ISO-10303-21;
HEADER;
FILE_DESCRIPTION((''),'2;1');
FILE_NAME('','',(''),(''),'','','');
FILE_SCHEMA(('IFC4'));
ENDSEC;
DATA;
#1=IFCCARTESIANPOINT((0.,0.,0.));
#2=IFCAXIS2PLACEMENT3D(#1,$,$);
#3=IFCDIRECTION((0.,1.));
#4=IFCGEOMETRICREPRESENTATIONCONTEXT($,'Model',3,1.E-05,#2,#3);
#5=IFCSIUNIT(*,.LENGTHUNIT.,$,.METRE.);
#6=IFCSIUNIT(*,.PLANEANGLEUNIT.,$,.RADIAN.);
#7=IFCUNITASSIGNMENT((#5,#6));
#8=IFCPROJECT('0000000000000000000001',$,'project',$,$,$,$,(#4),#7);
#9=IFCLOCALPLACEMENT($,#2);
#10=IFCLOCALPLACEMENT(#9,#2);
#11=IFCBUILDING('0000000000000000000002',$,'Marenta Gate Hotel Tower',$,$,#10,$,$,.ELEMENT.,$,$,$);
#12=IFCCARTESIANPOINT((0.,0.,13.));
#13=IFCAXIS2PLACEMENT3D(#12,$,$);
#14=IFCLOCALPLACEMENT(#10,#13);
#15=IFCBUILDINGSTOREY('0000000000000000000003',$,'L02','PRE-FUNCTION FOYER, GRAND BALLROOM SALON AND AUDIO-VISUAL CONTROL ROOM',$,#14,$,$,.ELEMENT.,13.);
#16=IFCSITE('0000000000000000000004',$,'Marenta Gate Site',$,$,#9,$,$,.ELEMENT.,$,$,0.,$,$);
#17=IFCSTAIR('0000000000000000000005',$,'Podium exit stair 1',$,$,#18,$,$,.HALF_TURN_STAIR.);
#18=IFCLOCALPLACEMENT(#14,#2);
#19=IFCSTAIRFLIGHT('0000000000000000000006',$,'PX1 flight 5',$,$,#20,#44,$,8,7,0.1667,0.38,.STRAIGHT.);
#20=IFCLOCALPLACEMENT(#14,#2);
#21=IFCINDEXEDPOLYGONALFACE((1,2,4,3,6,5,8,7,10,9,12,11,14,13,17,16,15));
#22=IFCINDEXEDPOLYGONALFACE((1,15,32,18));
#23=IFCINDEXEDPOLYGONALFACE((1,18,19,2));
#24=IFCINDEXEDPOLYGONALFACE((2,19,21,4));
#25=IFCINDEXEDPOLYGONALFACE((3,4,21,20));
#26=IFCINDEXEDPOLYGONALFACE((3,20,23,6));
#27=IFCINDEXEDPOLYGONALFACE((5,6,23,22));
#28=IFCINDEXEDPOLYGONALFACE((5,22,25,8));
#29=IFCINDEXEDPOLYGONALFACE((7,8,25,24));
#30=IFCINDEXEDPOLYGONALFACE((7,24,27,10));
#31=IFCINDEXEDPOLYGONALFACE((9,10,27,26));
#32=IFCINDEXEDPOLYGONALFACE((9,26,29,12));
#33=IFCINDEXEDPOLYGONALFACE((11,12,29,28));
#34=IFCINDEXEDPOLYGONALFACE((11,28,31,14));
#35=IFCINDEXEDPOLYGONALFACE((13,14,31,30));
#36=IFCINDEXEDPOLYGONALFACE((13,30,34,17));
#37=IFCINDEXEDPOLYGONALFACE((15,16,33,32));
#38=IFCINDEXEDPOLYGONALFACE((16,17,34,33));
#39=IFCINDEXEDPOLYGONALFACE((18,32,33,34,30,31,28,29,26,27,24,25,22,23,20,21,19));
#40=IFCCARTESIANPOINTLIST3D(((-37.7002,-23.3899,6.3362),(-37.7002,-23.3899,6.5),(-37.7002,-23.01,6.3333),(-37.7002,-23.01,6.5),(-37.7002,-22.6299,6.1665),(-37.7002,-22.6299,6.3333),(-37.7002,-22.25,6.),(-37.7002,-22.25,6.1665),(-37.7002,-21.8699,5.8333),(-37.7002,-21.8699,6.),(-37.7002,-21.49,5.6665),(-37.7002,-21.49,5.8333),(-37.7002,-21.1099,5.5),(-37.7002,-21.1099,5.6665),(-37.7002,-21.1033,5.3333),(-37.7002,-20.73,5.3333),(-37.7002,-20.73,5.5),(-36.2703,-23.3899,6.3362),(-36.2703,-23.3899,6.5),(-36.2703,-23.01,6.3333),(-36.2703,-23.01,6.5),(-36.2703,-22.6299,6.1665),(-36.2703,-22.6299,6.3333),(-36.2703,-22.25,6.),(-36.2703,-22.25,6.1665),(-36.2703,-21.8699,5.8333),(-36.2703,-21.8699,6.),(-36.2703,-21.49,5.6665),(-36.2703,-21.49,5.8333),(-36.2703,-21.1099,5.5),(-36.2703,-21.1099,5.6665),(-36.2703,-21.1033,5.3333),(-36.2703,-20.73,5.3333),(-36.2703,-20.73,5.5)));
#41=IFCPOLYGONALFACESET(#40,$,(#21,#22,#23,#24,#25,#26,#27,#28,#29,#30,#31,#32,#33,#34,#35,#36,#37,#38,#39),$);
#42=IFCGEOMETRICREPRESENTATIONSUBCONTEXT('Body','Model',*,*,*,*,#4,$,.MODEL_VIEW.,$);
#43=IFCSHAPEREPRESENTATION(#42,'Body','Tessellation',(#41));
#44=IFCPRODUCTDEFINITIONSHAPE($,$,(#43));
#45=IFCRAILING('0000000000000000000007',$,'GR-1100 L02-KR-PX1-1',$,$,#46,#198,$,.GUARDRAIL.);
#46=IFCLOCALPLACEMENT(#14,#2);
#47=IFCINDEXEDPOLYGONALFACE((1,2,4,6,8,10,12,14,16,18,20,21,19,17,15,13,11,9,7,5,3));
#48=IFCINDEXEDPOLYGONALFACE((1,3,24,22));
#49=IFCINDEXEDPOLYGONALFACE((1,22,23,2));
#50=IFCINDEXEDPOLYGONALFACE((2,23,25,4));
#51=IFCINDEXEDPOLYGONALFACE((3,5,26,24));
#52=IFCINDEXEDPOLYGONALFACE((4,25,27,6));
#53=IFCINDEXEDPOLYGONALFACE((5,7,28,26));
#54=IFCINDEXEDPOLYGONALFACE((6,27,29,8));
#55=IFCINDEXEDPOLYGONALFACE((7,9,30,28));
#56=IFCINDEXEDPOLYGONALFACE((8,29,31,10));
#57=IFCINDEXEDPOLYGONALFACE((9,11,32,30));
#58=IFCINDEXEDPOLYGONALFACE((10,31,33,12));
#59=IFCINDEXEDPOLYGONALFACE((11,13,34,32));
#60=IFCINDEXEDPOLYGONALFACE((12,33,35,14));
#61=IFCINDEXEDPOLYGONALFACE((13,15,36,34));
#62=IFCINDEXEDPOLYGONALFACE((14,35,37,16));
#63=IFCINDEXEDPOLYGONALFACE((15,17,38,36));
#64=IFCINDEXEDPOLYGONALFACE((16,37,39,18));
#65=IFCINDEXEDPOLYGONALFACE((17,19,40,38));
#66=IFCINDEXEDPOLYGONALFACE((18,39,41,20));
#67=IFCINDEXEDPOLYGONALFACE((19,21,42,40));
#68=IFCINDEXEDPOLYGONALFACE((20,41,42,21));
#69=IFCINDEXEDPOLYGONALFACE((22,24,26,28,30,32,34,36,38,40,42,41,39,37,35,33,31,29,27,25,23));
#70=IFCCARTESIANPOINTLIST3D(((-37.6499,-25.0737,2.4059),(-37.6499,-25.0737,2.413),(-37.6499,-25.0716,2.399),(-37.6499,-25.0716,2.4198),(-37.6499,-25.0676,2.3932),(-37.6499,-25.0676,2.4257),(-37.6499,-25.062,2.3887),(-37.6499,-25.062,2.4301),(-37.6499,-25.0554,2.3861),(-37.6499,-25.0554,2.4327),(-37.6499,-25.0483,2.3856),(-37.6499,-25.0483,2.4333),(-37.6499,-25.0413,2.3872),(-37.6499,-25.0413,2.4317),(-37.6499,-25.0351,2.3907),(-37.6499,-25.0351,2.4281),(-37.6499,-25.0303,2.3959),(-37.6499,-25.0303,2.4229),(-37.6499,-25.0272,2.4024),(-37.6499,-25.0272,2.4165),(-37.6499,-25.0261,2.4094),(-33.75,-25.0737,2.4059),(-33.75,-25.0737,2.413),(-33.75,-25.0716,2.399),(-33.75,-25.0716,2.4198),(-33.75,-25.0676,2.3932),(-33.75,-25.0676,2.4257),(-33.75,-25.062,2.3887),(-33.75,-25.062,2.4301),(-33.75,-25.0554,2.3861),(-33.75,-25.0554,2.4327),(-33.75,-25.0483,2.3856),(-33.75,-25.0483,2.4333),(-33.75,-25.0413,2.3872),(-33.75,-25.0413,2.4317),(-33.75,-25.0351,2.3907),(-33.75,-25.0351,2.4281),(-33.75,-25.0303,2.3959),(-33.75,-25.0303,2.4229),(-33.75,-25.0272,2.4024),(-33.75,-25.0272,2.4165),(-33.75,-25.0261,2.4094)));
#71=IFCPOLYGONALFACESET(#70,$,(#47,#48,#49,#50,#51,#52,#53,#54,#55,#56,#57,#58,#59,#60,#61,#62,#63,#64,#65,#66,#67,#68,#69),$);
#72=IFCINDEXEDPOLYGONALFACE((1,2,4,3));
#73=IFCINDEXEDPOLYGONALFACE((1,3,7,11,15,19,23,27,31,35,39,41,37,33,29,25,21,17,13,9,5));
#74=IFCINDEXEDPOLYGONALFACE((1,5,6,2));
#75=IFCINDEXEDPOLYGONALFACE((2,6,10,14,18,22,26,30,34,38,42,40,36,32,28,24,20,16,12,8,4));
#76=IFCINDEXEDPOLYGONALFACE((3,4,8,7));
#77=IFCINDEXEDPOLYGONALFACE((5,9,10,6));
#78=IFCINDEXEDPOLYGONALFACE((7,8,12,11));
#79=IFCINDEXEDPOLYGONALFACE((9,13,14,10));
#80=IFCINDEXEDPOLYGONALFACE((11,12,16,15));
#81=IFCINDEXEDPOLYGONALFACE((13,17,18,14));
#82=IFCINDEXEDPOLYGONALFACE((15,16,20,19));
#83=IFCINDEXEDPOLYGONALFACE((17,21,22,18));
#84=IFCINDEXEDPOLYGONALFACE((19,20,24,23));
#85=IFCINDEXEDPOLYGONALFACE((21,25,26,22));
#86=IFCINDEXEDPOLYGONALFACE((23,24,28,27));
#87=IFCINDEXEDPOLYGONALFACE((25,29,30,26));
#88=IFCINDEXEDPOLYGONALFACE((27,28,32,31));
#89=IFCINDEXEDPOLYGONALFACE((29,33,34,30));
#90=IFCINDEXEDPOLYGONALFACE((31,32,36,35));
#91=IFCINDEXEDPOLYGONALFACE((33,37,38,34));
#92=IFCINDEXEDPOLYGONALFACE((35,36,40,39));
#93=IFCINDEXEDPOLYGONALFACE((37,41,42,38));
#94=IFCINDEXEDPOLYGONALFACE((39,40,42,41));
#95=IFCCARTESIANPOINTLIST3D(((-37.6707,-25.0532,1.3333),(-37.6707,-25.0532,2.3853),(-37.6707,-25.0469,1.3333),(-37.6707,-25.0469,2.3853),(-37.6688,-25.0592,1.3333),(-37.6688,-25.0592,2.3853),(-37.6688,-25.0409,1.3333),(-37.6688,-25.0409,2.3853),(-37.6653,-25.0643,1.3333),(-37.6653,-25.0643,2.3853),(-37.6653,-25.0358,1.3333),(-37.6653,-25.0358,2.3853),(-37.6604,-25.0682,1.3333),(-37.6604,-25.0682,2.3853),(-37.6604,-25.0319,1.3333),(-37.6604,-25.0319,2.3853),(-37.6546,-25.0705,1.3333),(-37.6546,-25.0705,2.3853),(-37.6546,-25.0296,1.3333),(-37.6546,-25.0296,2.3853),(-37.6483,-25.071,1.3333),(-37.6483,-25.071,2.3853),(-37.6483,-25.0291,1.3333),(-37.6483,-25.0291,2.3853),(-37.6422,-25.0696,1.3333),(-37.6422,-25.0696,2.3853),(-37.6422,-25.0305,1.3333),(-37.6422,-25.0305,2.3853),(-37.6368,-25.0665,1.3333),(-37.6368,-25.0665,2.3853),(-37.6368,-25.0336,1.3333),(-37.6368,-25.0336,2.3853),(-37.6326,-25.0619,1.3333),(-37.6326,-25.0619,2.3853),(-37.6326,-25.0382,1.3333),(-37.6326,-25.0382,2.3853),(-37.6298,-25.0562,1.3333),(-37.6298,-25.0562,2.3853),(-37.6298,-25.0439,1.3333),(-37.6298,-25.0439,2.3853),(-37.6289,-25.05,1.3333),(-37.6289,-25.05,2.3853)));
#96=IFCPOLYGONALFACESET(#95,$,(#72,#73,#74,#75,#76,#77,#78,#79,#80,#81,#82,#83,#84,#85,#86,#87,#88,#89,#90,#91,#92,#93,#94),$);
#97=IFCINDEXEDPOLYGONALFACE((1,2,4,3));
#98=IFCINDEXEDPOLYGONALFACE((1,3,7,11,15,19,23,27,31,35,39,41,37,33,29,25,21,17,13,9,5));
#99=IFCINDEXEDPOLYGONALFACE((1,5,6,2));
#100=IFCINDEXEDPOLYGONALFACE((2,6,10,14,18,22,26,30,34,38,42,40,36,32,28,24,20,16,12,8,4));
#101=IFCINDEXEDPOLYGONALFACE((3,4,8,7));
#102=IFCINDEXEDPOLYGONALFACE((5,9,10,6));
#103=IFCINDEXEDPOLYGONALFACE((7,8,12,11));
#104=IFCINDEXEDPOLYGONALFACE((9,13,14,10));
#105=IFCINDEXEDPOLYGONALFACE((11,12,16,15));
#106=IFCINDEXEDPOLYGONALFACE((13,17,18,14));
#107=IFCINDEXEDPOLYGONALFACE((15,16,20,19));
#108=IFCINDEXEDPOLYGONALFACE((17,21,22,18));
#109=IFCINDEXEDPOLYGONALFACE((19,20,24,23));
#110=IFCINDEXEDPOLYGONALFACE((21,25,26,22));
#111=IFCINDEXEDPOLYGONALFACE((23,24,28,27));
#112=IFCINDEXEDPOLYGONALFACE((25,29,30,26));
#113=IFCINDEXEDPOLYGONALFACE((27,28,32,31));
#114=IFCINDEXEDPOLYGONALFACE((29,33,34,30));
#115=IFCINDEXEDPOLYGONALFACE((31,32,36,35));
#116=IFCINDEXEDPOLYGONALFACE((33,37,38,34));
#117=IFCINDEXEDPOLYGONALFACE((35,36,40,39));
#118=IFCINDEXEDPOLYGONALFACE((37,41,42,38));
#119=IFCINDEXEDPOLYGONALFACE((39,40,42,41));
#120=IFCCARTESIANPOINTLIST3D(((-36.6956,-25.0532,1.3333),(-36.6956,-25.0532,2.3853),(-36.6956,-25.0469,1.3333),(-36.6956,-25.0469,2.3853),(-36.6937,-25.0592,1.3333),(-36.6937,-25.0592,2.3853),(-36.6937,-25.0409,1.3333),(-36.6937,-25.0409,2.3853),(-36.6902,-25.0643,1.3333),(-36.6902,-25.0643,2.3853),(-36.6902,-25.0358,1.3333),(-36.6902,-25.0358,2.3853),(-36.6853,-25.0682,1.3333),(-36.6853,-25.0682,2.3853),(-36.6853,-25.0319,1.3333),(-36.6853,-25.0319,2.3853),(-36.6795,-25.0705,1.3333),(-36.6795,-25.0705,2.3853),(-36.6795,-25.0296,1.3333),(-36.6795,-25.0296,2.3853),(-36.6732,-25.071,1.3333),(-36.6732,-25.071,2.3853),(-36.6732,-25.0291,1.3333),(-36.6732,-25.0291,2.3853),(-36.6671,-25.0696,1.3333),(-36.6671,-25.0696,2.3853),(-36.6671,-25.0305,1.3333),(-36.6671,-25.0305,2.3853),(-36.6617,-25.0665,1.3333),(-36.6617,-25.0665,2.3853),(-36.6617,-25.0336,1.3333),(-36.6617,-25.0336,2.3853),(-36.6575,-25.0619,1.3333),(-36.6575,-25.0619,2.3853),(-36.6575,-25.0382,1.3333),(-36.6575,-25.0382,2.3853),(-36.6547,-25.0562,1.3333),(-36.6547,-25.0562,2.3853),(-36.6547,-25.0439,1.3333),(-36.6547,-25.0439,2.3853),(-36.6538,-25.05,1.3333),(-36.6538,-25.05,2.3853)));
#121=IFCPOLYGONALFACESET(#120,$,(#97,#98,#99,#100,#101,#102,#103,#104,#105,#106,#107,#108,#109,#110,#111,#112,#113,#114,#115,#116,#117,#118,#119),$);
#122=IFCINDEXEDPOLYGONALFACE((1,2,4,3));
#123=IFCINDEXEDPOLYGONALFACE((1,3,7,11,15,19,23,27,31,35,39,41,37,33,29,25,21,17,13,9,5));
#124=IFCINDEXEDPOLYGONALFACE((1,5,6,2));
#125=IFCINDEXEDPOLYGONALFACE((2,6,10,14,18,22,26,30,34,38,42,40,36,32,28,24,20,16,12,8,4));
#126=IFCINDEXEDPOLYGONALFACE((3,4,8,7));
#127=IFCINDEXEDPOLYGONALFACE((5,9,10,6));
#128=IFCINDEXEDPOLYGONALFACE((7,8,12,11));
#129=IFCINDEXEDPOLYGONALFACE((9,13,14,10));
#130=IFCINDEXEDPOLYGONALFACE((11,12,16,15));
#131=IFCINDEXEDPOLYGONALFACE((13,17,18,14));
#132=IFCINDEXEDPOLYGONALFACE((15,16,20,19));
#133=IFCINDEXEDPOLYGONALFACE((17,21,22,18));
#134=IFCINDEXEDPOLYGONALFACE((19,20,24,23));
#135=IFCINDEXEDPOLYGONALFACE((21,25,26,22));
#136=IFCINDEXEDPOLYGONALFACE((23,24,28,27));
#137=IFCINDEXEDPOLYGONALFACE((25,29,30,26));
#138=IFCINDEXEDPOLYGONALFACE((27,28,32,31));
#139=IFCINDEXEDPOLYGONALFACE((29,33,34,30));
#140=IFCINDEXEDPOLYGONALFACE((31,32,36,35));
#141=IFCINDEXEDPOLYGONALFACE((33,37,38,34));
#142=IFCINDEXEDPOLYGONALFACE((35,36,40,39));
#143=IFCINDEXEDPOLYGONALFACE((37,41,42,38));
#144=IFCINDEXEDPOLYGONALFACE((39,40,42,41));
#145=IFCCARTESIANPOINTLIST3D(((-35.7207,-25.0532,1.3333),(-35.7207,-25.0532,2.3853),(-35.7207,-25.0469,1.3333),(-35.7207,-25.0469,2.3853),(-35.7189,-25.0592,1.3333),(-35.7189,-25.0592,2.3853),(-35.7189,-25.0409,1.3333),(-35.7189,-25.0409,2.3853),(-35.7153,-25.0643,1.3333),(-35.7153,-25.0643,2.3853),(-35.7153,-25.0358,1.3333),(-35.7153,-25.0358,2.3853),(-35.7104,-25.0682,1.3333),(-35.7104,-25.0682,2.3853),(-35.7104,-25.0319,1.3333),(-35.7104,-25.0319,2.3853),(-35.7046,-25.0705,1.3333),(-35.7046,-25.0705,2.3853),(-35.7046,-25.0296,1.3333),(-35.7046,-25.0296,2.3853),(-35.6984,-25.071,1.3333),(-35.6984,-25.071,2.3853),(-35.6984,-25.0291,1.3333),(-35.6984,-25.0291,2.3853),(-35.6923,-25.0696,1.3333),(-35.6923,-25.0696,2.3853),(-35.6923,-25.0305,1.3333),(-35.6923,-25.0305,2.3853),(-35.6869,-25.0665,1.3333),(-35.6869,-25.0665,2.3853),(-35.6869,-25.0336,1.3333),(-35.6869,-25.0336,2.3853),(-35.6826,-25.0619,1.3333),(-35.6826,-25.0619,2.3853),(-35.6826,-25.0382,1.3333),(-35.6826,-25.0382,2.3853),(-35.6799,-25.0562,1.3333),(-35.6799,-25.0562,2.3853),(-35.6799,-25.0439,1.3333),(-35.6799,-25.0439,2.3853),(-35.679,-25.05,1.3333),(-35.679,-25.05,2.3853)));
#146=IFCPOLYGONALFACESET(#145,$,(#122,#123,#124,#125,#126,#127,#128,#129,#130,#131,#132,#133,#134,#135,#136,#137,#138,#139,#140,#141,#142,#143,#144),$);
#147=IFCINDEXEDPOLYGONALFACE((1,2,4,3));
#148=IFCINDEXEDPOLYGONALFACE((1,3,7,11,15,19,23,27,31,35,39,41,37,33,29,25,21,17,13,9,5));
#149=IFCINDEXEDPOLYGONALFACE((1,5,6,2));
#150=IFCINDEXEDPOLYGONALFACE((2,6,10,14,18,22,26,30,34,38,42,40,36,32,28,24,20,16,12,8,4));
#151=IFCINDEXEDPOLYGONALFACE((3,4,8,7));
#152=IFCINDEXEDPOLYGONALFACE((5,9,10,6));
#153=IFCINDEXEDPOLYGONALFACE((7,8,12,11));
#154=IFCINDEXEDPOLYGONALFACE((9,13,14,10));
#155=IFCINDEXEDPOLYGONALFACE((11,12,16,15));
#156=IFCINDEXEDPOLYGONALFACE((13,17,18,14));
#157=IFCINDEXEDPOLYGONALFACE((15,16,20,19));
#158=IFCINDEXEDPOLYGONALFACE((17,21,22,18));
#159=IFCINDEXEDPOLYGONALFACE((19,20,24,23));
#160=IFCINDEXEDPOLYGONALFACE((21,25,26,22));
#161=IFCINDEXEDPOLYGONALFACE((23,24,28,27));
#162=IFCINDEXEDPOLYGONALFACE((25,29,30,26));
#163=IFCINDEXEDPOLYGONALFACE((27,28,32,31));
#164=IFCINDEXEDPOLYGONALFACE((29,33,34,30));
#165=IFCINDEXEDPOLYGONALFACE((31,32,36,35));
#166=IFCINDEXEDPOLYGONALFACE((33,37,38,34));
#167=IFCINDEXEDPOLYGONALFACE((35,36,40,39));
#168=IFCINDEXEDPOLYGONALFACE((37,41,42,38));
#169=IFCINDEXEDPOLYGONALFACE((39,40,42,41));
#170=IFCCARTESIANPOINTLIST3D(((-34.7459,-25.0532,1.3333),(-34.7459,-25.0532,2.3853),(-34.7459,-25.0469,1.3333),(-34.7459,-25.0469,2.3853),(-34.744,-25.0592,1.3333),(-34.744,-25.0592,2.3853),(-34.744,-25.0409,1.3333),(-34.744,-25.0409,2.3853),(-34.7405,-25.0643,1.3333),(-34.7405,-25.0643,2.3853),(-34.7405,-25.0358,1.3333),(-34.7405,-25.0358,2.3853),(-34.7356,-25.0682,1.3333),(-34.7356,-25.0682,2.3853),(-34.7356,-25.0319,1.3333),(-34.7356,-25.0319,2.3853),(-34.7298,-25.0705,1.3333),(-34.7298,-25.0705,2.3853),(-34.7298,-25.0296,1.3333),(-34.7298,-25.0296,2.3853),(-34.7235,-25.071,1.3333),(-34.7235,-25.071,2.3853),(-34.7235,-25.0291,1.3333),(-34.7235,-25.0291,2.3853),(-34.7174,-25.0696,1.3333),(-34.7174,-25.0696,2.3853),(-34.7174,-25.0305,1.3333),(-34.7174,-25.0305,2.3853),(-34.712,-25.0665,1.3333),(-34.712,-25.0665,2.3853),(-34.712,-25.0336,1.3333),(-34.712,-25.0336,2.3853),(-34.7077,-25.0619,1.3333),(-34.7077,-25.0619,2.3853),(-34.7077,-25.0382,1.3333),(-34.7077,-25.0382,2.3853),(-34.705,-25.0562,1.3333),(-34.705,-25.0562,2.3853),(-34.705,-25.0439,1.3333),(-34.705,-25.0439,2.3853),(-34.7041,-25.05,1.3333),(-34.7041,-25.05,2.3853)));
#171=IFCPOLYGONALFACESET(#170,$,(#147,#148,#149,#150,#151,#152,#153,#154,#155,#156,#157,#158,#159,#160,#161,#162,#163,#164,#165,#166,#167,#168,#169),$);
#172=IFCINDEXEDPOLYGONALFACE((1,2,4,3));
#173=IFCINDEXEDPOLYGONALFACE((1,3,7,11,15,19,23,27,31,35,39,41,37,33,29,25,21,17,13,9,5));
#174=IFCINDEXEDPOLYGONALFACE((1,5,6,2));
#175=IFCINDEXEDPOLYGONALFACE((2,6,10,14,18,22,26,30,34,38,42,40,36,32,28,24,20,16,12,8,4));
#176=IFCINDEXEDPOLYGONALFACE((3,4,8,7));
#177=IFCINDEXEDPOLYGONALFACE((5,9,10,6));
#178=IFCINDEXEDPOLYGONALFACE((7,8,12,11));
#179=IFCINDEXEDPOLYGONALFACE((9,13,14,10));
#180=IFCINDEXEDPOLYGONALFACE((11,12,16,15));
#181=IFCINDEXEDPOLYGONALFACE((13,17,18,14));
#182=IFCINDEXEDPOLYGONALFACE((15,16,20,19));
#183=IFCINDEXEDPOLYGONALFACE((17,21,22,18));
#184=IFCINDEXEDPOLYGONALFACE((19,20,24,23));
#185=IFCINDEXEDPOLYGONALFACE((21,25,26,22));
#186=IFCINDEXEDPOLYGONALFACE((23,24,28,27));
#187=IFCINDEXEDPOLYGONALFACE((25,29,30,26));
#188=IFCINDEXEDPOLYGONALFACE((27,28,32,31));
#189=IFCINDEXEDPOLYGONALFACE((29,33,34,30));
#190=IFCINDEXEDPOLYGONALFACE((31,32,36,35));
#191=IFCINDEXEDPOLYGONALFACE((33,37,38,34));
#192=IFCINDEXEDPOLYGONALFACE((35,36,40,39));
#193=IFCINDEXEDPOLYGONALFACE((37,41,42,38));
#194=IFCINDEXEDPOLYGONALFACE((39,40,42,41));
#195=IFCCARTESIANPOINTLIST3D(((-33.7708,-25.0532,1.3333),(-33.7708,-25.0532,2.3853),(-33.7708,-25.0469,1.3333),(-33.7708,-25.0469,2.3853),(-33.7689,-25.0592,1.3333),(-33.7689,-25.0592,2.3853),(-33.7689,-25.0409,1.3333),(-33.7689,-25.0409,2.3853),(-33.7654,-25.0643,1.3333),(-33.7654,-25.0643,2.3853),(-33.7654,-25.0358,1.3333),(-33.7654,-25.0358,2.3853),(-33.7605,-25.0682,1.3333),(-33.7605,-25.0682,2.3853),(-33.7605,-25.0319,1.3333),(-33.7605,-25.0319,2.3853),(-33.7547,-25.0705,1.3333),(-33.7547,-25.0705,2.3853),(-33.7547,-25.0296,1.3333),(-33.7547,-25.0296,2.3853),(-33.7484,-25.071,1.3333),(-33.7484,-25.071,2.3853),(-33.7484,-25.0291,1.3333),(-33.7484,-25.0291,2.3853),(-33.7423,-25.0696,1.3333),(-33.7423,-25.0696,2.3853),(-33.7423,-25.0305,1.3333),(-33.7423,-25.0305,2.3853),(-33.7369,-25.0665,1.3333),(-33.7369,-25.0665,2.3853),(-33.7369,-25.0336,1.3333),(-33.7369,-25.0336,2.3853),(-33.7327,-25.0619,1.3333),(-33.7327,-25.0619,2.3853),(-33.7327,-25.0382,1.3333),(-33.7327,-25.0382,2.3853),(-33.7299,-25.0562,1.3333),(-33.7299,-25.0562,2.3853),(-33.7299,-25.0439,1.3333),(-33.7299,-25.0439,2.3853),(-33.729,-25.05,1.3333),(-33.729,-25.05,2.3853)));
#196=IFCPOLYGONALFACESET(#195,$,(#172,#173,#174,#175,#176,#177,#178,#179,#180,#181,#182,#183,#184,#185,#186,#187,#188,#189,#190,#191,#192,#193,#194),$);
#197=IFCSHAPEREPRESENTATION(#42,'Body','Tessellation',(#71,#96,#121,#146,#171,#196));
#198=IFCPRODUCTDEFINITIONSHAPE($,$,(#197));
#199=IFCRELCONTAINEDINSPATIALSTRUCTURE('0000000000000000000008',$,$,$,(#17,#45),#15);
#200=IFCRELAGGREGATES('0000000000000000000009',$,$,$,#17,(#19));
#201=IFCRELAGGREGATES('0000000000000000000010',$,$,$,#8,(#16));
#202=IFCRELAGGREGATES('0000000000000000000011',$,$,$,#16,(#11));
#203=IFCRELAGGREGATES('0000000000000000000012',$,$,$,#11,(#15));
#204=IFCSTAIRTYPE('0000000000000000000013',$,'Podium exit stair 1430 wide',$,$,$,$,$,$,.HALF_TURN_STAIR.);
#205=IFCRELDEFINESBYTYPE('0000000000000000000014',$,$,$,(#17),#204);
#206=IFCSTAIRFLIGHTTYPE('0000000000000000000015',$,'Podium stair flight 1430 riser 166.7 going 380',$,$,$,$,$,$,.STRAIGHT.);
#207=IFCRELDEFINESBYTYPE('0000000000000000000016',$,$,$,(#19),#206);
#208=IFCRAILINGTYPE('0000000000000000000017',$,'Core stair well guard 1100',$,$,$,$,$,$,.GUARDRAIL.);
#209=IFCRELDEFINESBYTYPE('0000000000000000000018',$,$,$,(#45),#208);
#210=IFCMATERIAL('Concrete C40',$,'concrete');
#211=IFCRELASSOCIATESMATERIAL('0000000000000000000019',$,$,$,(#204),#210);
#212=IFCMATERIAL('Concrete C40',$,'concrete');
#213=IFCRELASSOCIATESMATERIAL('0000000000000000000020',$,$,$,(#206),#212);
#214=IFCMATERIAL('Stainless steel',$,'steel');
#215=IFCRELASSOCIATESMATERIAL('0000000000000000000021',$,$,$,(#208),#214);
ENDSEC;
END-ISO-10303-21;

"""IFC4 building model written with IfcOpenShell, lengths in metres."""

from ifc_helpers import new_model, si_unit, direction, frame, origin, origin_2d, place, context, subcontext, project, spatial, polyline, circle, outline, extrude, material, type_object, element, aggregate, save


model = new_model("IFC4")

# Units and contexts
model_context = context("Model", 3, precision=1e-05, world=origin(), true_north=direction((0.0, 1.0)))
body_context = subcontext(model_context, "Body", "Model", "MODEL_VIEW")
ifc_project = project(units=[si_unit("LENGTHUNIT", "METRE"), si_unit("PLANEANGLEUNIT", "RADIAN")], contexts=[model_context])

# Site, building, storey
site_placement = place(None, origin())
site = spatial("IfcSite", under=ifc_project, at=site_placement, Name="Marenta Gate Site", CompositionType="ELEMENT", RefElevation=0.0)
building_placement = place(site_placement, origin())
building = spatial("IfcBuilding", under=site, at=building_placement, Name="Marenta Gate Hotel Tower", CompositionType="ELEMENT")
storey_placement = place(building_placement, frame((0.0, 0.0, 13.0)))
storey = spatial("IfcBuildingStorey", under=building, at=storey_placement, Name="L02", Description="PRE-FUNCTION FOYER, GRAND BALLROOM SALON AND AUDIO-VISUAL CONTROL ROOM", CompositionType="ELEMENT", Elevation=13.0)

# Stair, stair flight
ifc_material_1 = material(Name="Concrete C40", Category="concrete")
stair_type = type_object("IfcStairType", Name="Podium exit stair 1430 wide", PredefinedType="HALF_TURN_STAIR", material=ifc_material_1)
stair_placement = place(storey_placement, origin())
stair = element("IfcStair", 1, at=stair_placement, inside=storey, type_object=stair_type, Name="Podium exit stair 1", PredefinedType="HALF_TURN_STAIR")
ifc_material_2 = material(Name="Concrete C40", Category="concrete")
stair_flight_type = type_object("IfcStairFlightType", Name="Podium stair flight 1430 riser 166.7 going 380", PredefinedType="STRAIGHT", material=ifc_material_2)
stair_flight_1_placement = place(storey_placement, frame((-36.9851, -20.73, 5.3333), z_axis=(0.0, 0.0, 1.0), x_axis=(0.0, -1.0, 0.0)))
stair_flight_1 = element("IfcStairFlight", 2, at=stair_flight_1_placement, type_object=stair_flight_type, Name="PX1 flight 5", NumberOfRisers=8, NumberOfTreads=7, PredefinedType="STRAIGHT", RiserHeight=0.1667, TreadLength=0.38, context=body_context, shape_type="SweptSolid", body=[
    extrude(outline(polyline([(0.0, 0.0), (0.0, 0.1667), (0.3799, 0.1667), (0.3799, 0.3333), (0.76, 0.3333), (0.76, 0.5), (1.1399, 0.5), (1.1399, 0.6667), (1.52, 0.6667), (1.52, 0.8333), (1.8999, 0.8333), (1.8999, 1.0), (2.28, 1.0), (2.28, 1.1667), (2.6599, 1.1667), (2.6599, 1.3333), (2.6599, 1.0029), (0.3733, 0.0), (0.0, 0.0)])), frame((0.0, 0.7148, 0.0), z_axis=(0.0, -1.0, 0.0), x_axis=(1.0, 0.0, 0.0)), (0.0, 0.0, 1.0), 1.4299),
])
aggregate(stair, [stair_flight_1])

# Railing
ifc_material_3 = material(Name="Stainless steel", Category="steel")
railing_type_1 = type_object("IfcRailingType", Name="Core stair well guard 1100", PredefinedType="GUARDRAIL", material=ifc_material_3)
railing_1_placement = place(storey_placement, frame((-37.6499, -25.05, 1.3333)))
element("IfcRailing", 3, at=railing_1_placement, inside=storey, type_object=railing_type_1, Name="GR-1100 L02-KR-PX1-1", PredefinedType="GUARDRAIL", context=body_context, shape_type="SweptSolid", body=[
    extrude(circle(Radius=0.0239, at=origin_2d()), frame((0.0, 0.0, 1.0762), z_axis=(1.0, 0.0, 0.0), x_axis=(0.0, 1.0, 0.0)), (0.0, 0.0, 1.0), 3.8999),
    extrude(circle(Radius=0.021, at=origin_2d()), origin(), (0.0, 0.0, 1.0), 1.052),
    extrude(circle(Radius=0.021, at=origin_2d()), frame((0.9751, 0.0, 0.0)), (0.0, 0.0, 1.0), 1.052),
    extrude(circle(Radius=0.021, at=origin_2d()), frame((1.95, 0.0, 0.0)), (0.0, 0.0, 1.0), 1.052),
    extrude(circle(Radius=0.021, at=origin_2d()), frame((2.9248, 0.0, 0.0)), (0.0, 0.0, 1.0), 1.052),
    extrude(circle(Radius=0.021, at=origin_2d()), frame((3.8999, 0.0, 0.0)), (0.0, 0.0, 1.0), 1.052),
])

save(model, "model.ifc")
